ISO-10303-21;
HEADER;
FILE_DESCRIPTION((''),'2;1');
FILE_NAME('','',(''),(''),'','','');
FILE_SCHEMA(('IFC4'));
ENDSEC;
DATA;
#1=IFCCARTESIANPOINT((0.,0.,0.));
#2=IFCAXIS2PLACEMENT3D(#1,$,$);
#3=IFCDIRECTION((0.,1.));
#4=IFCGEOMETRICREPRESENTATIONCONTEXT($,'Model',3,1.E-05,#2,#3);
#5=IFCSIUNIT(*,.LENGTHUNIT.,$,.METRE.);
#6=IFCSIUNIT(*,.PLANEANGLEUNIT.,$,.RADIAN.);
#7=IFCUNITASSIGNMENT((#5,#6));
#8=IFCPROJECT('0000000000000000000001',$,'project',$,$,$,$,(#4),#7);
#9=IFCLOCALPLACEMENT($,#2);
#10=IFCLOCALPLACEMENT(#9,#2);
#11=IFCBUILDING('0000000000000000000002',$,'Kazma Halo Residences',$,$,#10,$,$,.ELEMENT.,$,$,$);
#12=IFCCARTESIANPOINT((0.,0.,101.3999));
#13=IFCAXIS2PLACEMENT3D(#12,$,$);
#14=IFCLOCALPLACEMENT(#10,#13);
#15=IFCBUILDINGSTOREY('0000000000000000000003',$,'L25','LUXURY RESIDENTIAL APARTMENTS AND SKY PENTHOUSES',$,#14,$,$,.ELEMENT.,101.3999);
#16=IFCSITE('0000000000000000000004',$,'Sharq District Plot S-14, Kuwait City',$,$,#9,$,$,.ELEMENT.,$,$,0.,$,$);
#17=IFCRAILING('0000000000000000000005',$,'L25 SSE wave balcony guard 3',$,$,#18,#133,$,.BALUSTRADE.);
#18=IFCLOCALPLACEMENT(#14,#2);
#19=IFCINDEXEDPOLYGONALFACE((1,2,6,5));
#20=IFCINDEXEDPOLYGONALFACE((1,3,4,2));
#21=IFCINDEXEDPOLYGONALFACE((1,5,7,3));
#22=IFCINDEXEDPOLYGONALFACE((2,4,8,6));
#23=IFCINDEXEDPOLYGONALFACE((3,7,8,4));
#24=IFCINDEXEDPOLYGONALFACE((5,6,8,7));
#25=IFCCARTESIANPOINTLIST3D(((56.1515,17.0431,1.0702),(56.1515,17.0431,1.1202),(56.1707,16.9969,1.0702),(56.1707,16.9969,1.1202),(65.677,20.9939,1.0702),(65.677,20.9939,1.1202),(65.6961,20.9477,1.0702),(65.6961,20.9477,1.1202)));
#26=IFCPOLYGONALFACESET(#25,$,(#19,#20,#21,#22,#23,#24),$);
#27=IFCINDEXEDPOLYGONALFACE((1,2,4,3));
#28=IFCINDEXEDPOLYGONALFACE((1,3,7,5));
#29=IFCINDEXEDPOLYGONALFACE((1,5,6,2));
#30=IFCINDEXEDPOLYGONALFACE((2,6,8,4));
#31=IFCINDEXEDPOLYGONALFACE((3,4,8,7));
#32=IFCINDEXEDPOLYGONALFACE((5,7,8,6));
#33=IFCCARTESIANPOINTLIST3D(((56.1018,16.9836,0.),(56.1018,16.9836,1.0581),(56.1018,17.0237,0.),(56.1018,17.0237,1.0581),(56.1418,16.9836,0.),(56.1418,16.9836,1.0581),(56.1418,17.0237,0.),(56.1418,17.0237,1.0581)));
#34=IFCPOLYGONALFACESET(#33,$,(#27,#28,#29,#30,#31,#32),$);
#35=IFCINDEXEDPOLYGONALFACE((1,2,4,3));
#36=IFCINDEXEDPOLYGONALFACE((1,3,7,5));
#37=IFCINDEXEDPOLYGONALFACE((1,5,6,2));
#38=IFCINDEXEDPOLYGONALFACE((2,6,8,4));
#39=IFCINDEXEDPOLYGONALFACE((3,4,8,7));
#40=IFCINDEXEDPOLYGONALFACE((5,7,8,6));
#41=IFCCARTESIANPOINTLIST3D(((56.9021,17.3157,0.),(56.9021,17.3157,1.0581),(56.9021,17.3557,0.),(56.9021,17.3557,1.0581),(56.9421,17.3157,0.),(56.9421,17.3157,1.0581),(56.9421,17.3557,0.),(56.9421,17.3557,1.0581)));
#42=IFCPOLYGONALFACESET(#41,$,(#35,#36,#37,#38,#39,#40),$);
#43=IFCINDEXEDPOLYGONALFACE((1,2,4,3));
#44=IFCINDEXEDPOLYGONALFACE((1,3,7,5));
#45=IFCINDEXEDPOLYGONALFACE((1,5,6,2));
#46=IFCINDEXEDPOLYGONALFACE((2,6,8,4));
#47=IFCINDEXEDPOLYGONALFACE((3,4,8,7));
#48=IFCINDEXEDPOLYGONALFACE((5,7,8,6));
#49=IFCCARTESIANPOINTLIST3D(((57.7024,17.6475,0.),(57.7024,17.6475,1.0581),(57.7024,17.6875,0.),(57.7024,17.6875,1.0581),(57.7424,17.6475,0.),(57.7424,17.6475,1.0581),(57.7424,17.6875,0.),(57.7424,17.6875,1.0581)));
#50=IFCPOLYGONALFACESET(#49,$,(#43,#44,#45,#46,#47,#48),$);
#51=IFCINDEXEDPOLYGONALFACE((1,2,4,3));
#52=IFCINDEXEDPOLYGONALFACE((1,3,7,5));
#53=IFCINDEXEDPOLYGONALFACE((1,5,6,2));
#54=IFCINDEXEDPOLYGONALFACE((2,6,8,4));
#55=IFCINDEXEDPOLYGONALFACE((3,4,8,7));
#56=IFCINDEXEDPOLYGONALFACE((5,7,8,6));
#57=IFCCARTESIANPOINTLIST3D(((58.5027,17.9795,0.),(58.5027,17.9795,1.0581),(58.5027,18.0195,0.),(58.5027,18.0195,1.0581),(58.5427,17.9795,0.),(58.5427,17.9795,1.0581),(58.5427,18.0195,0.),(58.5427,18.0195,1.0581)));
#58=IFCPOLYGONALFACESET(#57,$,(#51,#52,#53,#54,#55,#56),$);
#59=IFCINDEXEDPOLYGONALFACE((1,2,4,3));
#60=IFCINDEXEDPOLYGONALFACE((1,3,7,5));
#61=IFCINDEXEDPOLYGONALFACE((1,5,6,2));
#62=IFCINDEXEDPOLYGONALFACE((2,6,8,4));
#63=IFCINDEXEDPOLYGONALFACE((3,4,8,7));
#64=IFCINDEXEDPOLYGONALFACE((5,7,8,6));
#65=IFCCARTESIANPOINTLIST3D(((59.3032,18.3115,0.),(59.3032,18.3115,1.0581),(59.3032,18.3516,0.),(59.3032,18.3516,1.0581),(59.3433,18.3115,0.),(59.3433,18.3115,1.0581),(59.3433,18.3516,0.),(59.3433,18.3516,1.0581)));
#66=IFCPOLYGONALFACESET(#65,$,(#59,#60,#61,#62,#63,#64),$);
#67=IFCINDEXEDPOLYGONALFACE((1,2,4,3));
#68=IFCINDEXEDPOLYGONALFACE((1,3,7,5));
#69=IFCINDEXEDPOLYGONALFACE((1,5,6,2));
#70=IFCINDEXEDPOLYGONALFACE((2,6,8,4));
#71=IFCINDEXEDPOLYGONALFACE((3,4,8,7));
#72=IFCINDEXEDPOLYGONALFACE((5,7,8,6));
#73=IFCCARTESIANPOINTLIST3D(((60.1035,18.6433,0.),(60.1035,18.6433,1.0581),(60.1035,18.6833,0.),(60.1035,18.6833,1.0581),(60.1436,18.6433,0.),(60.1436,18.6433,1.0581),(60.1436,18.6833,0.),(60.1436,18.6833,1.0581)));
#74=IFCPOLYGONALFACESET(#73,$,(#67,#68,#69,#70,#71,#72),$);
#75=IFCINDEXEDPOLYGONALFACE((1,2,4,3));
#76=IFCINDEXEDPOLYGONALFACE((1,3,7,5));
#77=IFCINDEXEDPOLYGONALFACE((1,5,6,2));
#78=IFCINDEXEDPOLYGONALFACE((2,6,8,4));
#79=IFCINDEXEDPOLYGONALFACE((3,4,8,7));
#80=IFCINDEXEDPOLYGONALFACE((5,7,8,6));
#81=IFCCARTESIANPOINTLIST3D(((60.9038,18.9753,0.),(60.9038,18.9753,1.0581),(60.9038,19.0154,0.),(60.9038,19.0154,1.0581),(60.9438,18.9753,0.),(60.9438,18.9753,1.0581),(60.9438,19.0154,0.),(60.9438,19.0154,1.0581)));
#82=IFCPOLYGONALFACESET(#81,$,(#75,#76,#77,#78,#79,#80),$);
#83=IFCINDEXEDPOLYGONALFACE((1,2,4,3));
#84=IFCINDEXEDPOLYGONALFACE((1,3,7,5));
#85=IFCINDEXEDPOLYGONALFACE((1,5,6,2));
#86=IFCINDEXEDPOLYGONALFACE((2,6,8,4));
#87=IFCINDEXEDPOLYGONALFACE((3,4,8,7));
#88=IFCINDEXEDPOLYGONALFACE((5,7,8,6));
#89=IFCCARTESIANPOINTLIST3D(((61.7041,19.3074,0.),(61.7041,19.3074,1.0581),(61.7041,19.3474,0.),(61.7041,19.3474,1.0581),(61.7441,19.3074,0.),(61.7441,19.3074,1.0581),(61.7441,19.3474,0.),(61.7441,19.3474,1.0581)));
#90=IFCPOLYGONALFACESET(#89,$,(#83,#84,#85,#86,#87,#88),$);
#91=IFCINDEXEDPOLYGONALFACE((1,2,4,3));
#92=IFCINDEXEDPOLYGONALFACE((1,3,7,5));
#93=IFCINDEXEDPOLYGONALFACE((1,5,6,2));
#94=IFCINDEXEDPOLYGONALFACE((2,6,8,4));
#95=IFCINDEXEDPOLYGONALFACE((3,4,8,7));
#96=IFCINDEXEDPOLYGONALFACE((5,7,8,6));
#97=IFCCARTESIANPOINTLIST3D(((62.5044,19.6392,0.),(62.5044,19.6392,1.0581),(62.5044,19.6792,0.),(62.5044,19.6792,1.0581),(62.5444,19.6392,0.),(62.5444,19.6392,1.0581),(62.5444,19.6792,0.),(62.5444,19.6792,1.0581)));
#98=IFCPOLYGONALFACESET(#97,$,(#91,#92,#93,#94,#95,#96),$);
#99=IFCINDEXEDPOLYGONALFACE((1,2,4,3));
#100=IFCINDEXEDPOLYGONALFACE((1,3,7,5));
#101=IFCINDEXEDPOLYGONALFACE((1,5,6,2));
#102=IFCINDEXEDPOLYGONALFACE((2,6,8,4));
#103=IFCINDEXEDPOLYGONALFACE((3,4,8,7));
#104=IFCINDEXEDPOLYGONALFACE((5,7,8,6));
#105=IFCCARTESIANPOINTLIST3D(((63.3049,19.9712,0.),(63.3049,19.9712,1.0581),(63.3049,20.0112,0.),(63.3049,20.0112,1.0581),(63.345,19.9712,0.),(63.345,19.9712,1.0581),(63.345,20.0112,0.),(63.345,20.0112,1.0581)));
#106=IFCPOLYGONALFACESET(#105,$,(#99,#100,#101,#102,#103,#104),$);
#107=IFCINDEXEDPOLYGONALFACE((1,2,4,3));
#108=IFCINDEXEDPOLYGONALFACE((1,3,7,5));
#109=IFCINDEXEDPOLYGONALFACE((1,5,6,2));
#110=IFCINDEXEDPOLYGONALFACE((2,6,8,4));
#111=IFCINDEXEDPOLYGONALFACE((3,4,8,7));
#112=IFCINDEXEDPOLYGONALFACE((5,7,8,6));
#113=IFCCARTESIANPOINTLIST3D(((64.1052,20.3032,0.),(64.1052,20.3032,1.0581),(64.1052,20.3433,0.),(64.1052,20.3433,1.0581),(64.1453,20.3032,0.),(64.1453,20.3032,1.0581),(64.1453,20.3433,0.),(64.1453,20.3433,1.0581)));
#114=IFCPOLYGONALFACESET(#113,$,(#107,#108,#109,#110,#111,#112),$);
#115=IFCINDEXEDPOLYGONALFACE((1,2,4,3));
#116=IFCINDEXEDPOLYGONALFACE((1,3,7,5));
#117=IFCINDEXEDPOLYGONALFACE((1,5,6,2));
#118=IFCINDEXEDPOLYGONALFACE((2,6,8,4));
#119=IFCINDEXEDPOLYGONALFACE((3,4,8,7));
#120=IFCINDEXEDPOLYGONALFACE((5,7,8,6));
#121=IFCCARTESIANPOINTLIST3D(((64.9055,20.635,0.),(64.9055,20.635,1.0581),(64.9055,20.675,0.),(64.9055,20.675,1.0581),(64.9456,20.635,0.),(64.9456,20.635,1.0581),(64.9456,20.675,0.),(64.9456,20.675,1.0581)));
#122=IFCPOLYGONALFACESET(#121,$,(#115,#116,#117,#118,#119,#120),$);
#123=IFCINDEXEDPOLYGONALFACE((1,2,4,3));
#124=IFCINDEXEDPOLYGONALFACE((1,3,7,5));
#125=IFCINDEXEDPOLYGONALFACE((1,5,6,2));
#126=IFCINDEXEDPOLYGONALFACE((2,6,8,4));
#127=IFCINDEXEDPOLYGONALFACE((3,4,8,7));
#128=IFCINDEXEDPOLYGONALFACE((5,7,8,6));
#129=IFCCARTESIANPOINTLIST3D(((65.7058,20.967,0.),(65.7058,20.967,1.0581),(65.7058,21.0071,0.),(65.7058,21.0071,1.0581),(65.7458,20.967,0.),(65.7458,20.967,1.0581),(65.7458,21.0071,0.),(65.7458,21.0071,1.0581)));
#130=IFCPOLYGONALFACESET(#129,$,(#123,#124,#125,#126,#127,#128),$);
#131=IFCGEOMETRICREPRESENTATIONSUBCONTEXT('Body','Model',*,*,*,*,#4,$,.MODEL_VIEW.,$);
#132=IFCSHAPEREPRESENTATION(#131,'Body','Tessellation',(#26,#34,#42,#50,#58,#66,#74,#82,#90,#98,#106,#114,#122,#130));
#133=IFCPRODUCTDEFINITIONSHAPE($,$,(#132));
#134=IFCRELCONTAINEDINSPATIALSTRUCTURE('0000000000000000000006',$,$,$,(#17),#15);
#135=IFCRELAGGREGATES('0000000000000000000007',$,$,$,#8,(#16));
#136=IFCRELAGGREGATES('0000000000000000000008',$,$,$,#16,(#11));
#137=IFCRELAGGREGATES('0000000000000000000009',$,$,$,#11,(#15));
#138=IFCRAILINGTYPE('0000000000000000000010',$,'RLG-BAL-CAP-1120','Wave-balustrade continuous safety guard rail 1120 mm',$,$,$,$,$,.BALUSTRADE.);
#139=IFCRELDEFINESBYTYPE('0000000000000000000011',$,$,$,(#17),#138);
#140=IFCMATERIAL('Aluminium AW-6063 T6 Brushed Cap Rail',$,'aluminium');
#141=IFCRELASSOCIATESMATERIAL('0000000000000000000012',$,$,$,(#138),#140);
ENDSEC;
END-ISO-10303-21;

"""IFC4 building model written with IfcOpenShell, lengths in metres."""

from ifc_helpers import new_model, si_unit, direction, frame, origin, origin_2d, place, context, subcontext, project, spatial, rectangle, extrude, material, type_object, element, save


model = new_model("IFC4")

# Units and contexts
model_context = context("Model", 3, precision=1e-05, world=origin(), true_north=direction((0.0, 1.0)))
body_context = subcontext(model_context, "Body", "Model", "MODEL_VIEW")
ifc_project = project(units=[si_unit("LENGTHUNIT", "METRE"), si_unit("PLANEANGLEUNIT", "RADIAN")], contexts=[model_context])

# Site, building, storey
site_placement = place(None, origin())
site = spatial("IfcSite", under=ifc_project, at=site_placement, Name="Sharq District Plot S-14, Kuwait City", CompositionType="ELEMENT", RefElevation=0.0)
building_placement = place(site_placement, origin())
building = spatial("IfcBuilding", under=site, at=building_placement, Name="Kazma Halo Residences", CompositionType="ELEMENT")
storey_placement = place(building_placement, frame((0.0, 0.0, 101.3999)))
storey = spatial("IfcBuildingStorey", under=building, at=storey_placement, Name="L25", Description="LUXURY RESIDENTIAL APARTMENTS AND SKY PENTHOUSES", CompositionType="ELEMENT", Elevation=101.3999)

# Railing
ifc_material_1 = material(Name="Aluminium AW-6063 T6 Brushed Cap Rail", Category="aluminium")
railing_type = type_object("IfcRailingType", Name="RLG-BAL-CAP-1120", Description="Wave-balustrade continuous safety guard rail 1120 mm", PredefinedType="BALUSTRADE", material=ifc_material_1)
railing_placement = place(storey_placement, frame((56.1218, 17.0037, 0.0)))
element("IfcRailing", 1, at=railing_placement, inside=storey, type_object=railing_type, Name="L25 SSE wave balcony guard 3", PredefinedType="BALUSTRADE", context=body_context, shape_type="SweptSolid", body=[
    extrude(rectangle(XDim=0.05, YDim=0.05, at=origin_2d()), frame((0.0393, 0.0164, 1.0952), z_axis=(0.9237, 0.383118, 0.0), x_axis=(-0.383118, 0.9237, 0.0)), (0.0, 0.0, 1.0), 10.3123),
    extrude(rectangle(XDim=0.04, YDim=0.04, at=origin_2d()), origin(), (0.0, 0.0, 1.0), 1.0581),
    extrude(rectangle(XDim=0.04, YDim=0.04, at=origin_2d()), frame((0.8003, 0.332, 0.0)), (0.0, 0.0, 1.0), 1.0581),
    extrude(rectangle(XDim=0.04, YDim=0.04, at=origin_2d()), frame((1.6006, 0.6638, 0.0)), (0.0, 0.0, 1.0), 1.0581),
    extrude(rectangle(XDim=0.04, YDim=0.04, at=origin_2d()), frame((2.4009, 0.9958, 0.0)), (0.0, 0.0, 1.0), 1.0581),
    extrude(rectangle(XDim=0.04, YDim=0.04, at=origin_2d()), frame((3.2014, 1.3279, 0.0)), (0.0, 0.0, 1.0), 1.0581),
    extrude(rectangle(XDim=0.04, YDim=0.04, at=origin_2d()), frame((4.0017, 1.6597, 0.0)), (0.0, 0.0, 1.0), 1.0581),
    extrude(rectangle(XDim=0.04, YDim=0.04, at=origin_2d()), frame((4.802, 1.9917, 0.0)), (0.0, 0.0, 1.0), 1.0581),
    extrude(rectangle(XDim=0.04, YDim=0.04, at=origin_2d()), frame((5.6023, 2.3237, 0.0)), (0.0, 0.0, 1.0), 1.0581),
    extrude(rectangle(XDim=0.04, YDim=0.04, at=origin_2d()), frame((6.4026, 2.6555, 0.0)), (0.0, 0.0, 1.0), 1.0581),
    extrude(rectangle(XDim=0.04, YDim=0.04, at=origin_2d()), frame((7.2031, 2.9875, 0.0)), (0.0, 0.0, 1.0), 1.0581),
    extrude(rectangle(XDim=0.04, YDim=0.04, at=origin_2d()), frame((8.0034, 3.3196, 0.0)), (0.0, 0.0, 1.0), 1.0581),
    extrude(rectangle(XDim=0.04, YDim=0.04, at=origin_2d()), frame((8.8037, 3.6514, 0.0)), (0.0, 0.0, 1.0), 1.0581),
    extrude(rectangle(XDim=0.04, YDim=0.04, at=origin_2d()), frame((9.604, 3.9834, 0.0)), (0.0, 0.0, 1.0), 1.0581),
])

save(model, "model.ifc")
